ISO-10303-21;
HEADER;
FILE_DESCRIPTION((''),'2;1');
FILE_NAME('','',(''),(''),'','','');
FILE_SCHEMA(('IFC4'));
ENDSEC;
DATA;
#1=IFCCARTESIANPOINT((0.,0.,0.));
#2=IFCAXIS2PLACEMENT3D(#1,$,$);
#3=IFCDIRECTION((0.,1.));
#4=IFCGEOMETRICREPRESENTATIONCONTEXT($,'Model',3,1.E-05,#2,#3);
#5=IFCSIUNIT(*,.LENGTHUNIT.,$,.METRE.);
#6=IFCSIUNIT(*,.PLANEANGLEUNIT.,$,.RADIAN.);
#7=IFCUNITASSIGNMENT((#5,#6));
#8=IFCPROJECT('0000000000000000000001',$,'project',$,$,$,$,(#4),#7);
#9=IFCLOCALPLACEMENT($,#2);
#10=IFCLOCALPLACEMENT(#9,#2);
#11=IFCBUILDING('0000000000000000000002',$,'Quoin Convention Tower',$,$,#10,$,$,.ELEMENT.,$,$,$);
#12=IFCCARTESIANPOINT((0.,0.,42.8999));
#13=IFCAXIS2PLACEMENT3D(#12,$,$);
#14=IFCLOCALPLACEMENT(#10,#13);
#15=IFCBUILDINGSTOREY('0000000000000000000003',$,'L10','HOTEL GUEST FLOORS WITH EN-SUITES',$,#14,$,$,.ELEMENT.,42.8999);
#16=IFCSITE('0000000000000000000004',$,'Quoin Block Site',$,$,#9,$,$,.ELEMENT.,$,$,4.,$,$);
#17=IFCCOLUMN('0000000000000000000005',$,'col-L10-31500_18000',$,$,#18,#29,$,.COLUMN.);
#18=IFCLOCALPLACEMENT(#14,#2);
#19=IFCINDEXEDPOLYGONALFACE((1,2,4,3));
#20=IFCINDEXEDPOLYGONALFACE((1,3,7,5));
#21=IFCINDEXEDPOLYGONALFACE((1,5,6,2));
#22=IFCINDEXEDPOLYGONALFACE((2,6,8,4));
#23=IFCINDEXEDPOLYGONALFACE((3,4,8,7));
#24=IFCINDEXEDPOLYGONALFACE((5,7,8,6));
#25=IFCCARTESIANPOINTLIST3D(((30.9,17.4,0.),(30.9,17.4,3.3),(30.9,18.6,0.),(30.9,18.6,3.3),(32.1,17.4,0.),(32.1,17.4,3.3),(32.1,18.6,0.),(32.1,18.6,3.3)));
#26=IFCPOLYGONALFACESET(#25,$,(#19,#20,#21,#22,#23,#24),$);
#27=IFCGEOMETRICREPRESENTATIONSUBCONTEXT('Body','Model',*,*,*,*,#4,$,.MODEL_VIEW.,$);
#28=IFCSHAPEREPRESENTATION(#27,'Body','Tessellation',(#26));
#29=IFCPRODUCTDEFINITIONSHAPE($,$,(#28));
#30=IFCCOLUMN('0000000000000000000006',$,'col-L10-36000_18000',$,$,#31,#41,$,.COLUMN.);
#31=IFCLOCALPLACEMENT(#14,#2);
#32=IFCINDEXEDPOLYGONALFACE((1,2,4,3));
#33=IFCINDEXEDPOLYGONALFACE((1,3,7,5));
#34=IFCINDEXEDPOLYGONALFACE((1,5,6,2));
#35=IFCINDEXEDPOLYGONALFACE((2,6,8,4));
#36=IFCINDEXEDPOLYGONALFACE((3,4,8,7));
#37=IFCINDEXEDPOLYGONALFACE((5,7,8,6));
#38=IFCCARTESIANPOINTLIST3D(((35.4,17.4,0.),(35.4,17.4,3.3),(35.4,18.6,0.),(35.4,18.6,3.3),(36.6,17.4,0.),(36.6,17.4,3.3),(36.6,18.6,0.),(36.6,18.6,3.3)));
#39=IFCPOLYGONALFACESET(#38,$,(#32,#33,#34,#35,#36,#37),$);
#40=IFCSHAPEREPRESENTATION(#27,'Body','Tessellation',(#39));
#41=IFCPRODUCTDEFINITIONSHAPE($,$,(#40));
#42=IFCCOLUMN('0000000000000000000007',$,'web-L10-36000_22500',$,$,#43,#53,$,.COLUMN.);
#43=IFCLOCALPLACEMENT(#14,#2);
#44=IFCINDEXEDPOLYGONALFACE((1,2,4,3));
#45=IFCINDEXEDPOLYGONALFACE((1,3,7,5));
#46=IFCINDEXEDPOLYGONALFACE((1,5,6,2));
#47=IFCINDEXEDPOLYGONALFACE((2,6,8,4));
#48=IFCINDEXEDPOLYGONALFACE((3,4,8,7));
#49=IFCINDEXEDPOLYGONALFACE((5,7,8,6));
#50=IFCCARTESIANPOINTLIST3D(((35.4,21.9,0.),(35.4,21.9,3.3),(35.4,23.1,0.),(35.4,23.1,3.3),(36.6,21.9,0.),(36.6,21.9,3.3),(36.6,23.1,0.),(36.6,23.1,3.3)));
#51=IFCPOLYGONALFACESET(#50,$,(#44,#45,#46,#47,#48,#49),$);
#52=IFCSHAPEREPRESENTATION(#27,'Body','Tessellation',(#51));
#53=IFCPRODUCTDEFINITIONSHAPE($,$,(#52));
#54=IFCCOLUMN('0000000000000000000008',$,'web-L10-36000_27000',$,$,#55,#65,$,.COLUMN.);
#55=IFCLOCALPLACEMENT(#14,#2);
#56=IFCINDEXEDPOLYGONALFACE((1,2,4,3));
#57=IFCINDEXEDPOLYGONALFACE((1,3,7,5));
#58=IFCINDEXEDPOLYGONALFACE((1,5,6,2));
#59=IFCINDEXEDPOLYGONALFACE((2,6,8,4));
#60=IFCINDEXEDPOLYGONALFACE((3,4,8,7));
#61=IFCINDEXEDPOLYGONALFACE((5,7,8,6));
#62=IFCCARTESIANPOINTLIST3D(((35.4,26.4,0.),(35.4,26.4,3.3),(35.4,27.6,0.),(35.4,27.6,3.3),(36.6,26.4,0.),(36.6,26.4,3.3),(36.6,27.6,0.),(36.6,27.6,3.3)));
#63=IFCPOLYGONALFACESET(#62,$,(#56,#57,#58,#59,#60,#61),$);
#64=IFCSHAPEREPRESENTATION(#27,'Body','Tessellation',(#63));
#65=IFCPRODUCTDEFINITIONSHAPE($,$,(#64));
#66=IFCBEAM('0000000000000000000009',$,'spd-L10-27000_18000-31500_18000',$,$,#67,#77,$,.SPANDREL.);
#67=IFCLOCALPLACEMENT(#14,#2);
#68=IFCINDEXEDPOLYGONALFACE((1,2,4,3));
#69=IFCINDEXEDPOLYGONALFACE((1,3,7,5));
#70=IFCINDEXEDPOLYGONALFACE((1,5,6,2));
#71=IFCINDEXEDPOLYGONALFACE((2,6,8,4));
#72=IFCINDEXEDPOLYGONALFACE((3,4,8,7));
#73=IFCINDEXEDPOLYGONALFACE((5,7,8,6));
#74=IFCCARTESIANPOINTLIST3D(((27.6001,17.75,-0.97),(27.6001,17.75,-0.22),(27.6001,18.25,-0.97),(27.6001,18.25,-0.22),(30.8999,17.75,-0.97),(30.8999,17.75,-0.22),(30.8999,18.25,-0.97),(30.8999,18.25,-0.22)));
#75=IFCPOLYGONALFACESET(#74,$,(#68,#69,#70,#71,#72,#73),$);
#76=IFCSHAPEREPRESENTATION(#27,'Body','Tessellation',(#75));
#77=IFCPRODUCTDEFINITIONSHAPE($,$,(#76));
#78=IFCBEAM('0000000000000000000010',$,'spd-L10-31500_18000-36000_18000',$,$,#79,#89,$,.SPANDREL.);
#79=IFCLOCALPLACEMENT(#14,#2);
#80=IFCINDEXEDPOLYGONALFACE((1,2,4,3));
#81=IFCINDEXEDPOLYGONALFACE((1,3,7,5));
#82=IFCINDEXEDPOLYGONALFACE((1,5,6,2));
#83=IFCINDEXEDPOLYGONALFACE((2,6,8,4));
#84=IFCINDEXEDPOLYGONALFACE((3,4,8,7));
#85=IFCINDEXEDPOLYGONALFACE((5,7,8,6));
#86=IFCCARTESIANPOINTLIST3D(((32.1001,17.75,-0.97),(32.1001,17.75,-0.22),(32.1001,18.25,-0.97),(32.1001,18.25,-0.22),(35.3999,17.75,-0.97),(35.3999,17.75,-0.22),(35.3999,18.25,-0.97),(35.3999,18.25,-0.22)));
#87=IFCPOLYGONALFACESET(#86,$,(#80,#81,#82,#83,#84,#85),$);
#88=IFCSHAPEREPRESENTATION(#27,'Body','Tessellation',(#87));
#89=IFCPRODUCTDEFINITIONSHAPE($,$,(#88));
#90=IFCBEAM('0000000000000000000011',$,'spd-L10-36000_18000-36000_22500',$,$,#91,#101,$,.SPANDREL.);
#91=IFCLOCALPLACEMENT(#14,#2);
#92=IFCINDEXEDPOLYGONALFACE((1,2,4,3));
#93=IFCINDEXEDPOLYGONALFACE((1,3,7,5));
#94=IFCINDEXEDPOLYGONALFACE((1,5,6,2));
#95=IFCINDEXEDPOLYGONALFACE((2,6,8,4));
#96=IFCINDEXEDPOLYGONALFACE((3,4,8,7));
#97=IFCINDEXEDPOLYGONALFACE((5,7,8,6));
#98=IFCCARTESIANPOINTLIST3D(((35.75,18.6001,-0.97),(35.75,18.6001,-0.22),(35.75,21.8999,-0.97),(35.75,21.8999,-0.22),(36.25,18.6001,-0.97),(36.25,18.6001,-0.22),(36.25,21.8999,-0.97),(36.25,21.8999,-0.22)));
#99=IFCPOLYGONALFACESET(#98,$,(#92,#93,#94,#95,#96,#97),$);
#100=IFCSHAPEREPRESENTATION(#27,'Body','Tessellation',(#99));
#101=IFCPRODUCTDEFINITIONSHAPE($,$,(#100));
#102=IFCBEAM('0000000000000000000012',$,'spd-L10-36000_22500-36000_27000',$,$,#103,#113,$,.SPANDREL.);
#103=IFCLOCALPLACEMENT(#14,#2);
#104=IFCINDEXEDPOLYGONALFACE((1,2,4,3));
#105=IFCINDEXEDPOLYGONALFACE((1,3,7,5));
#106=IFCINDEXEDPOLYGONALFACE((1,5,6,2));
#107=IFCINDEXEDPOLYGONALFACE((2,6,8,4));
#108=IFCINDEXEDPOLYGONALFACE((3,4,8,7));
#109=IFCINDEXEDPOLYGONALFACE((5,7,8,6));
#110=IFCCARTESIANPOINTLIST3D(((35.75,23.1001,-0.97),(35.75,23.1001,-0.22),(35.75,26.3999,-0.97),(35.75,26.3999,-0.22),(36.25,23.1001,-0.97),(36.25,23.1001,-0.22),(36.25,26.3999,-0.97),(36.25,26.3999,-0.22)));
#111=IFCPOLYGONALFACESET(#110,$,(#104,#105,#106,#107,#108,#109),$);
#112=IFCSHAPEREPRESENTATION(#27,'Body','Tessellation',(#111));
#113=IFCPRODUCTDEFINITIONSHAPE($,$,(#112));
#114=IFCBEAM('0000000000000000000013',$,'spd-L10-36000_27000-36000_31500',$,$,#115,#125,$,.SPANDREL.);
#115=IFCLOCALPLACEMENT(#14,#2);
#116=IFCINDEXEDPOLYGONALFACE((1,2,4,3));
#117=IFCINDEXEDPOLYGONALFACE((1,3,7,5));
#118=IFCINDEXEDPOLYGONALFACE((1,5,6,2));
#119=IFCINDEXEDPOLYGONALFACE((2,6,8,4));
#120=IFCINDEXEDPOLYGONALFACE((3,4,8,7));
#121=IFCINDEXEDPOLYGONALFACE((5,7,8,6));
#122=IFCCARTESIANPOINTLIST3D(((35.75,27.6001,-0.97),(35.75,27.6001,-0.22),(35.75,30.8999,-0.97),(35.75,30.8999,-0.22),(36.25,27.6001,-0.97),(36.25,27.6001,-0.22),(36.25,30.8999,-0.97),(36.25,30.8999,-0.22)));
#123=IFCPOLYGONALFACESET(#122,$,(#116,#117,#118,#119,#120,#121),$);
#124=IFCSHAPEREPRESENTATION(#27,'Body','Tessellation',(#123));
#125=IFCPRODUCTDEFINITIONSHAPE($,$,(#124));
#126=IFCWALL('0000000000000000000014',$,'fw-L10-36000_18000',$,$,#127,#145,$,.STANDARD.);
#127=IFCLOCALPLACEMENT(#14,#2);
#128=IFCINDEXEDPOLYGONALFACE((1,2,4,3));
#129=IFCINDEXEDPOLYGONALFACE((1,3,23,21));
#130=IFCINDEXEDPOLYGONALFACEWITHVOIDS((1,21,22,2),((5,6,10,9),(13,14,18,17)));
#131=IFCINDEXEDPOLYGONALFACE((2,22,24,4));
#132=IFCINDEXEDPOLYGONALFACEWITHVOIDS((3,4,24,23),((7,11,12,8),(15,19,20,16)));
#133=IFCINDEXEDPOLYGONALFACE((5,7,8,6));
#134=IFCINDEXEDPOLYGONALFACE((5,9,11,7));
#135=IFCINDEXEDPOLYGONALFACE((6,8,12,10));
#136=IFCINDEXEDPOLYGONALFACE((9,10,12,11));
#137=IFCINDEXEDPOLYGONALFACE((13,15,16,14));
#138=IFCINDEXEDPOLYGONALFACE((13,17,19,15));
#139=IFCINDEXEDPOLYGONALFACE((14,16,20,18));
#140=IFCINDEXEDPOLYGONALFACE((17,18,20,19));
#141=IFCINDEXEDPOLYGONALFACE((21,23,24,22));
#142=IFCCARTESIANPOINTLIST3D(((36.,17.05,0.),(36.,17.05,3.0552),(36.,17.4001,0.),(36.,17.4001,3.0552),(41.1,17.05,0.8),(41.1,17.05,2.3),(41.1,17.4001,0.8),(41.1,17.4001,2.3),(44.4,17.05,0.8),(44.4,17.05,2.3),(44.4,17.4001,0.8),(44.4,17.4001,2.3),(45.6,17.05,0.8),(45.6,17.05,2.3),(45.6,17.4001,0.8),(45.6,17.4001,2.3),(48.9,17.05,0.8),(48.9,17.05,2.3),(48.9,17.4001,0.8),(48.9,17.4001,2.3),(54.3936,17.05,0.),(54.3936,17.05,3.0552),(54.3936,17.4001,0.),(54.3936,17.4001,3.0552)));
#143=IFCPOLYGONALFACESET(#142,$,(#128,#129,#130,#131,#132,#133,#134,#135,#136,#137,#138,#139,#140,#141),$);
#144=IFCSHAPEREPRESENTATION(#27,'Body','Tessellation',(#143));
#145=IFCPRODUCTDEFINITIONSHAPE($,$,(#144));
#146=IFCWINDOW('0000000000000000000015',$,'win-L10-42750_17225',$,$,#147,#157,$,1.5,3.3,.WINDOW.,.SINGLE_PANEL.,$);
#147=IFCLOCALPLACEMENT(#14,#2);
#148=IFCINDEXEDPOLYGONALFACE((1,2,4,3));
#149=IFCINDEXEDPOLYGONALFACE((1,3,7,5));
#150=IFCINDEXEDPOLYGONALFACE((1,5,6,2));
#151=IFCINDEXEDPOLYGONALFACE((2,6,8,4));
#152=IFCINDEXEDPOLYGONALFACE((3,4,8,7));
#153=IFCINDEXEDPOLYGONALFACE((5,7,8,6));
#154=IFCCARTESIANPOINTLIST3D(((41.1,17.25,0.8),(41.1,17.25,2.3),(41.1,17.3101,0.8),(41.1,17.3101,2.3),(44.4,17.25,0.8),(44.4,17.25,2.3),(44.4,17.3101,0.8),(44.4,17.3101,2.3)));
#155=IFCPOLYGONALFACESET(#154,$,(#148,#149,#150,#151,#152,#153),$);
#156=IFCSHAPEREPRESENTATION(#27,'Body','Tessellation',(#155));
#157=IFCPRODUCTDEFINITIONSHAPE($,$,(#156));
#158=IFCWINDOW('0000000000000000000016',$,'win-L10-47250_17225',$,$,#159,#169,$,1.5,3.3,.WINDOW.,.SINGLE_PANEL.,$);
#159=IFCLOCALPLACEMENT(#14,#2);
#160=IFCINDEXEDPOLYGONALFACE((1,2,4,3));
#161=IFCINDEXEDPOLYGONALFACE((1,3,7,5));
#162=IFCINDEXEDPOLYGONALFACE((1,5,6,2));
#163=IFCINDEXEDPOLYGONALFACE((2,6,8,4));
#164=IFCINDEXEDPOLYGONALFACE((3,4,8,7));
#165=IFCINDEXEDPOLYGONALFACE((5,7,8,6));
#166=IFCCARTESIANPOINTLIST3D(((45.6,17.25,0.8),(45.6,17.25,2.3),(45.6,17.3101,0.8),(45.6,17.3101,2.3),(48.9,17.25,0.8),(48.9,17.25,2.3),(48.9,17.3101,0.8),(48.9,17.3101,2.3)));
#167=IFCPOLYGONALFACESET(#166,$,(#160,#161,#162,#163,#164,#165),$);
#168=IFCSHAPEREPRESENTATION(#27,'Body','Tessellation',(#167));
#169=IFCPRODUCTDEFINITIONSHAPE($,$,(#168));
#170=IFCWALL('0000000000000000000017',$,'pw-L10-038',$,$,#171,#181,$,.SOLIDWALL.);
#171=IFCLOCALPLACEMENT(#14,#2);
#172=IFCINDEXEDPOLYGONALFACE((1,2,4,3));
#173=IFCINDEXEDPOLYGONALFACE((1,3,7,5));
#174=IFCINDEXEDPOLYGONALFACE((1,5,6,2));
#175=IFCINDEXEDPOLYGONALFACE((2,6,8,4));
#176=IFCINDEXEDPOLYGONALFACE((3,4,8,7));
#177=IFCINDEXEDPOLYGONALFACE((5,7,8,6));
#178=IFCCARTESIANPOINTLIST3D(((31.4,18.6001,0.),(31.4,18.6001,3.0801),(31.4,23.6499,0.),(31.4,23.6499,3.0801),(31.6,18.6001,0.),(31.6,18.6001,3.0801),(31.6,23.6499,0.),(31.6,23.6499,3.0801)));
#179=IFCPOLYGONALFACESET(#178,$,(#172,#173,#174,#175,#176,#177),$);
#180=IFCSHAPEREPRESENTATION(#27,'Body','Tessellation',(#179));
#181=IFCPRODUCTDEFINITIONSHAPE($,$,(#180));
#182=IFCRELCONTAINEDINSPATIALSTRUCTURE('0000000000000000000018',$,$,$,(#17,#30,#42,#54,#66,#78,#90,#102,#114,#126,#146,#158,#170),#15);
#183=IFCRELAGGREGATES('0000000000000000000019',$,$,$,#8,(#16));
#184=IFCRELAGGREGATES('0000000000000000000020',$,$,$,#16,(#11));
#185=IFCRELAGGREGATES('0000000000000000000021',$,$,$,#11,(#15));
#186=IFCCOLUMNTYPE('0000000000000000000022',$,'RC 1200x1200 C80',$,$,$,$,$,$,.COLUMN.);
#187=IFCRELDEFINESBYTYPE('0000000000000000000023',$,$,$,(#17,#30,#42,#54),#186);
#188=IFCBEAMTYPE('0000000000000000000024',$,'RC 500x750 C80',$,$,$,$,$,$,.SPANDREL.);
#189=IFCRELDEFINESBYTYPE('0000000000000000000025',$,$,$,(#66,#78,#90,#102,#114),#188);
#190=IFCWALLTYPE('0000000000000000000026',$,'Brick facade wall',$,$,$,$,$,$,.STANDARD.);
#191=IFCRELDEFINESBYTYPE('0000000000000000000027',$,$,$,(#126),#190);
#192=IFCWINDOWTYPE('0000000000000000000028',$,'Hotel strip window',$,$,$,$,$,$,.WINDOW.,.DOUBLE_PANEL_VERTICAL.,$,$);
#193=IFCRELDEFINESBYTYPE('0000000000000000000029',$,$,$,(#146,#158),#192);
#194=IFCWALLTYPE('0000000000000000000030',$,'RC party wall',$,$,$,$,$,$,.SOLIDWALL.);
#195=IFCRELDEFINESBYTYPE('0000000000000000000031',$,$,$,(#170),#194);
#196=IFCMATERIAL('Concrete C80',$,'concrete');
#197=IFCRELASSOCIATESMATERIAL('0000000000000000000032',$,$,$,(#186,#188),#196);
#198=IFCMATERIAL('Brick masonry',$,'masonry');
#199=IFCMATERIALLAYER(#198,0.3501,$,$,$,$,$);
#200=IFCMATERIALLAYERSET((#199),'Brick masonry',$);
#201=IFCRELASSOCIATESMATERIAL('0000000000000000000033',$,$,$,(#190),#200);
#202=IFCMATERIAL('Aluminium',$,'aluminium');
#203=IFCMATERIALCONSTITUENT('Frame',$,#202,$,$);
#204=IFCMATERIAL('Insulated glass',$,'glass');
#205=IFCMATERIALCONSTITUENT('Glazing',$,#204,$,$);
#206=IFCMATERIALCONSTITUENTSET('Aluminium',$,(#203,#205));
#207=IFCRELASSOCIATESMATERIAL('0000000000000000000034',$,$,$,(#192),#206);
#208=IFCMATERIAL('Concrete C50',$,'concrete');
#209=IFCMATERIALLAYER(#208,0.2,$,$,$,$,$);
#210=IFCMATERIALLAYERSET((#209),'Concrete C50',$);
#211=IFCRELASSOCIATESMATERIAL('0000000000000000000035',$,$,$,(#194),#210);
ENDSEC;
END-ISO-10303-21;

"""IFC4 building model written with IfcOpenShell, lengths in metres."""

from ifc_helpers import new_model, si_unit, direction, frame, frame_2d, origin, origin_2d, place, context, subcontext, project, spatial, rectangle, extrude, material, layer, layer_set, constituent, constituent_set, material_profile, profile_set, type_object, element, fill, save


model = new_model("IFC4")

# Units and contexts
model_context = context("Model", 3, precision=1e-05, world=origin(), true_north=direction((0.0, 1.0)))
body_context = subcontext(model_context, "Body", "Model", "MODEL_VIEW")
ifc_project = project(units=[si_unit("LENGTHUNIT", "METRE"), si_unit("PLANEANGLEUNIT", "RADIAN")], contexts=[model_context])

# Site, building, storey
site_placement = place(None, origin())
site = spatial("IfcSite", under=ifc_project, at=site_placement, Name="Quoin Block Site", CompositionType="ELEMENT", RefElevation=4.0)
building_placement = place(site_placement, origin())
building = spatial("IfcBuilding", under=site, at=building_placement, Name="Quoin Convention Tower", CompositionType="ELEMENT")
storey_placement = place(building_placement, frame((0.0, 0.0, 42.8999)))
storey = spatial("IfcBuildingStorey", under=building, at=storey_placement, Name="L10", Description="HOTEL GUEST FLOORS WITH EN-SUITES", CompositionType="ELEMENT", Elevation=42.8999)

# Columns
ifc_material_1 = material(Name="Concrete C80", Category="concrete")
ifc_material_profile_1 = material_profile(ifc_material_1, rectangle(XDim=1.2, YDim=1.2, at=origin_2d()), Name="RC 1200x1200")
ifc_profile_set_1 = profile_set([ifc_material_profile_1], Name="Concrete C80")
column_type = type_object("IfcColumnType", Name="RC 1200x1200 C80", PredefinedType="COLUMN", material=ifc_profile_set_1)
for number, where, z_axis, x_axis, name in (
    (1, (31.5, 18.0, 0.0), (0.0, 0.0, 1.0), (1.0, 0.0, 0.0), "col-L10-31500_18000"),
    (2, (36.0, 18.0, 0.0), (0.0, 0.0, 1.0), (1.0, 0.0, 0.0), "col-L10-36000_18000"),
    (3, (36.0, 22.5, 0.0), (0.0, 0.0, 1.0), (1.0, 0.0, 0.0), "web-L10-36000_22500"),
    (4, (36.0, 27.0, 0.0), (0.0, 0.0, 1.0), (1.0, 0.0, 0.0), "web-L10-36000_27000"),
):
    element("IfcColumn", number, at=place(storey_placement, frame(where, z_axis=z_axis, x_axis=x_axis)), inside=storey, type_object=column_type, Name=name, PredefinedType="COLUMN", context=body_context, shape_type="SweptSolid", body=[
        extrude(rectangle(XDim=1.2, YDim=1.2, at=origin_2d()), origin(), (0.0, 0.0, 1.0), 3.3),
    ])

# Beams
ifc_material_profile_2 = material_profile(ifc_material_1, rectangle(XDim=0.5, YDim=0.75, at=origin_2d()), Name="RC 500x750")
ifc_profile_set_2 = profile_set([ifc_material_profile_2], Name="Concrete C80")
beam_type = type_object("IfcBeamType", Name="RC 500x750 C80", PredefinedType="SPANDREL", material=ifc_profile_set_2)
for number, where, z_axis, x_axis, name in (
    (5, (27.6001, 18.0, -0.595), (1.0, 0.0, 0.0), (0.0, 1.0, 0.0), "spd-L10-27000_18000-31500_18000"),
    (6, (32.1001, 18.0, -0.595), (1.0, 0.0, 0.0), (0.0, 1.0, 0.0), "spd-L10-31500_18000-36000_18000"),
    (7, (36.0, 18.6001, -0.595), (0.0, 1.0, 0.0), (-1.0, 0.0, 0.0), "spd-L10-36000_18000-36000_22500"),
    (8, (36.0, 23.1001, -0.595), (0.0, 1.0, 0.0), (-1.0, 0.0, 0.0), "spd-L10-36000_22500-36000_27000"),
    (9, (36.0, 27.6001, -0.595), (0.0, 1.0, 0.0), (-1.0, 0.0, 0.0), "spd-L10-36000_27000-36000_31500"),
):
    element("IfcBeam", number, at=place(storey_placement, frame(where, z_axis=z_axis, x_axis=x_axis)), inside=storey, type_object=beam_type, Name=name, PredefinedType="SPANDREL", context=body_context, shape_type="SweptSolid", body=[
        extrude(rectangle(XDim=0.5, YDim=0.75, at=origin_2d()), origin(), (0.0, 0.0, 1.0), 3.2998),
    ])

# Wall, openings, windows
ifc_material_2 = material(Name="Brick masonry", Category="masonry")
ifc_layer_1 = layer(ifc_material_2, 0.3501)
ifc_layer_set_1 = layer_set([ifc_layer_1], Name="Brick masonry")
wall_type_1 = type_object("IfcWallType", Name="Brick facade wall", PredefinedType="STANDARD", material=ifc_layer_set_1)
wall_1_placement = place(storey_placement, frame((36.0, 17.2251, 0.0), z_axis=(0.0, 0.0, 1.0), x_axis=(1.0, 0.0, 0.0)))
wall_1 = element("IfcWall", 10, at=wall_1_placement, inside=storey, type_object=wall_type_1, Name="fw-L10-36000_18000", PredefinedType="STANDARD", context=body_context, shape_type="SweptSolid", body=[
    extrude(rectangle(XDim=18.3936, YDim=0.3501, at=frame_2d((9.1968, 0.0))), origin(), (0.0, 0.0, 1.0), 3.0552),
])
opening_1_placement = place(wall_1_placement, frame((5.1001, 0.0, 0.8)))
opening_1 = element("IfcOpeningElement", 11, at=opening_1_placement, cuts=wall_1, PredefinedType="OPENING", context=body_context, shape_type="SweptSolid", body=[
    extrude(rectangle(XDim=3.3, YDim=1.5, at=frame_2d((1.6499, 0.75))), frame((0.0, 0.1851, 0.0), z_axis=(0.0, -1.0, 0.0), x_axis=(1.0, 0.0, 0.0)), (0.0, 0.0, 1.0), 0.3701),
])
opening_2_placement = place(wall_1_placement, frame((9.6001, 0.0, 0.8)))
opening_2 = element("IfcOpeningElement", 12, at=opening_2_placement, cuts=wall_1, PredefinedType="OPENING", context=body_context, shape_type="SweptSolid", body=[
    extrude(rectangle(XDim=3.3, YDim=1.5, at=frame_2d((1.6499, 0.75))), frame((0.0, 0.1851, 0.0), z_axis=(0.0, -1.0, 0.0), x_axis=(1.0, 0.0, 0.0)), (0.0, 0.0, 1.0), 0.3701),
])
ifc_material_3 = material(Name="Aluminium", Category="aluminium")
ifc_constituent_1 = constituent(ifc_material_3, Name="Frame")
ifc_material_4 = material(Name="Insulated glass", Category="glass")
ifc_constituent_2 = constituent(ifc_material_4, Name="Glazing")
ifc_constituent_set = constituent_set(constituents=[ifc_constituent_1, ifc_constituent_2], Name="Aluminium")
window_type = type_object("IfcWindowType", Name="Hotel strip window", PartitioningType="DOUBLE_PANEL_VERTICAL", PredefinedType="WINDOW", material=ifc_constituent_set)
window_1_placement = place(opening_1_placement, origin())
window_1 = element("IfcWindow", 13, at=window_1_placement, inside=storey, type_object=window_type, Name="win-L10-42750_17225", OverallHeight=1.5, OverallWidth=3.3, PartitioningType="SINGLE_PANEL", PredefinedType="WINDOW", context=body_context, shape_type="SweptSolid", body=[
    extrude(rectangle(XDim=3.3, YDim=1.5, at=frame_2d((1.6499, 0.75))), frame((0.0, 0.085, 0.0), z_axis=(0.0, -1.0, 0.0), x_axis=(1.0, 0.0, 0.0)), (0.0, 0.0, 1.0), 0.0601),
])
fill(opening_1, window_1)
window_2_placement = place(opening_2_placement, origin())
window_2 = element("IfcWindow", 14, at=window_2_placement, inside=storey, type_object=window_type, Name="win-L10-47250_17225", OverallHeight=1.5, OverallWidth=3.3, PartitioningType="SINGLE_PANEL", PredefinedType="WINDOW", context=body_context, shape_type="SweptSolid", body=[
    extrude(rectangle(XDim=3.3, YDim=1.5, at=frame_2d((1.6499, 0.75))), frame((0.0, 0.085, 0.0), z_axis=(0.0, -1.0, 0.0), x_axis=(1.0, 0.0, 0.0)), (0.0, 0.0, 1.0), 0.0601),
])
fill(opening_2, window_2)

# Wall
ifc_material_5 = material(Name="Concrete C50", Category="concrete")
ifc_layer_2 = layer(ifc_material_5, 0.2)
ifc_layer_set_2 = layer_set([ifc_layer_2], Name="Concrete C50")
wall_type_2 = type_object("IfcWallType", Name="RC party wall", PredefinedType="SOLIDWALL", material=ifc_layer_set_2)
wall_2_placement = place(storey_placement, frame((31.5, 18.6001, 0.0), z_axis=(0.0, 0.0, 1.0), x_axis=(0.0, 1.0, 0.0)))
element("IfcWall", 15, at=wall_2_placement, inside=storey, type_object=wall_type_2, Name="pw-L10-038", PredefinedType="SOLIDWALL", context=body_context, shape_type="SweptSolid", body=[
    extrude(rectangle(XDim=5.0498, YDim=0.2, at=frame_2d((2.5249, 0.0))), origin(), (0.0, 0.0, 1.0), 3.0801),
])

save(model, "model.ifc")
